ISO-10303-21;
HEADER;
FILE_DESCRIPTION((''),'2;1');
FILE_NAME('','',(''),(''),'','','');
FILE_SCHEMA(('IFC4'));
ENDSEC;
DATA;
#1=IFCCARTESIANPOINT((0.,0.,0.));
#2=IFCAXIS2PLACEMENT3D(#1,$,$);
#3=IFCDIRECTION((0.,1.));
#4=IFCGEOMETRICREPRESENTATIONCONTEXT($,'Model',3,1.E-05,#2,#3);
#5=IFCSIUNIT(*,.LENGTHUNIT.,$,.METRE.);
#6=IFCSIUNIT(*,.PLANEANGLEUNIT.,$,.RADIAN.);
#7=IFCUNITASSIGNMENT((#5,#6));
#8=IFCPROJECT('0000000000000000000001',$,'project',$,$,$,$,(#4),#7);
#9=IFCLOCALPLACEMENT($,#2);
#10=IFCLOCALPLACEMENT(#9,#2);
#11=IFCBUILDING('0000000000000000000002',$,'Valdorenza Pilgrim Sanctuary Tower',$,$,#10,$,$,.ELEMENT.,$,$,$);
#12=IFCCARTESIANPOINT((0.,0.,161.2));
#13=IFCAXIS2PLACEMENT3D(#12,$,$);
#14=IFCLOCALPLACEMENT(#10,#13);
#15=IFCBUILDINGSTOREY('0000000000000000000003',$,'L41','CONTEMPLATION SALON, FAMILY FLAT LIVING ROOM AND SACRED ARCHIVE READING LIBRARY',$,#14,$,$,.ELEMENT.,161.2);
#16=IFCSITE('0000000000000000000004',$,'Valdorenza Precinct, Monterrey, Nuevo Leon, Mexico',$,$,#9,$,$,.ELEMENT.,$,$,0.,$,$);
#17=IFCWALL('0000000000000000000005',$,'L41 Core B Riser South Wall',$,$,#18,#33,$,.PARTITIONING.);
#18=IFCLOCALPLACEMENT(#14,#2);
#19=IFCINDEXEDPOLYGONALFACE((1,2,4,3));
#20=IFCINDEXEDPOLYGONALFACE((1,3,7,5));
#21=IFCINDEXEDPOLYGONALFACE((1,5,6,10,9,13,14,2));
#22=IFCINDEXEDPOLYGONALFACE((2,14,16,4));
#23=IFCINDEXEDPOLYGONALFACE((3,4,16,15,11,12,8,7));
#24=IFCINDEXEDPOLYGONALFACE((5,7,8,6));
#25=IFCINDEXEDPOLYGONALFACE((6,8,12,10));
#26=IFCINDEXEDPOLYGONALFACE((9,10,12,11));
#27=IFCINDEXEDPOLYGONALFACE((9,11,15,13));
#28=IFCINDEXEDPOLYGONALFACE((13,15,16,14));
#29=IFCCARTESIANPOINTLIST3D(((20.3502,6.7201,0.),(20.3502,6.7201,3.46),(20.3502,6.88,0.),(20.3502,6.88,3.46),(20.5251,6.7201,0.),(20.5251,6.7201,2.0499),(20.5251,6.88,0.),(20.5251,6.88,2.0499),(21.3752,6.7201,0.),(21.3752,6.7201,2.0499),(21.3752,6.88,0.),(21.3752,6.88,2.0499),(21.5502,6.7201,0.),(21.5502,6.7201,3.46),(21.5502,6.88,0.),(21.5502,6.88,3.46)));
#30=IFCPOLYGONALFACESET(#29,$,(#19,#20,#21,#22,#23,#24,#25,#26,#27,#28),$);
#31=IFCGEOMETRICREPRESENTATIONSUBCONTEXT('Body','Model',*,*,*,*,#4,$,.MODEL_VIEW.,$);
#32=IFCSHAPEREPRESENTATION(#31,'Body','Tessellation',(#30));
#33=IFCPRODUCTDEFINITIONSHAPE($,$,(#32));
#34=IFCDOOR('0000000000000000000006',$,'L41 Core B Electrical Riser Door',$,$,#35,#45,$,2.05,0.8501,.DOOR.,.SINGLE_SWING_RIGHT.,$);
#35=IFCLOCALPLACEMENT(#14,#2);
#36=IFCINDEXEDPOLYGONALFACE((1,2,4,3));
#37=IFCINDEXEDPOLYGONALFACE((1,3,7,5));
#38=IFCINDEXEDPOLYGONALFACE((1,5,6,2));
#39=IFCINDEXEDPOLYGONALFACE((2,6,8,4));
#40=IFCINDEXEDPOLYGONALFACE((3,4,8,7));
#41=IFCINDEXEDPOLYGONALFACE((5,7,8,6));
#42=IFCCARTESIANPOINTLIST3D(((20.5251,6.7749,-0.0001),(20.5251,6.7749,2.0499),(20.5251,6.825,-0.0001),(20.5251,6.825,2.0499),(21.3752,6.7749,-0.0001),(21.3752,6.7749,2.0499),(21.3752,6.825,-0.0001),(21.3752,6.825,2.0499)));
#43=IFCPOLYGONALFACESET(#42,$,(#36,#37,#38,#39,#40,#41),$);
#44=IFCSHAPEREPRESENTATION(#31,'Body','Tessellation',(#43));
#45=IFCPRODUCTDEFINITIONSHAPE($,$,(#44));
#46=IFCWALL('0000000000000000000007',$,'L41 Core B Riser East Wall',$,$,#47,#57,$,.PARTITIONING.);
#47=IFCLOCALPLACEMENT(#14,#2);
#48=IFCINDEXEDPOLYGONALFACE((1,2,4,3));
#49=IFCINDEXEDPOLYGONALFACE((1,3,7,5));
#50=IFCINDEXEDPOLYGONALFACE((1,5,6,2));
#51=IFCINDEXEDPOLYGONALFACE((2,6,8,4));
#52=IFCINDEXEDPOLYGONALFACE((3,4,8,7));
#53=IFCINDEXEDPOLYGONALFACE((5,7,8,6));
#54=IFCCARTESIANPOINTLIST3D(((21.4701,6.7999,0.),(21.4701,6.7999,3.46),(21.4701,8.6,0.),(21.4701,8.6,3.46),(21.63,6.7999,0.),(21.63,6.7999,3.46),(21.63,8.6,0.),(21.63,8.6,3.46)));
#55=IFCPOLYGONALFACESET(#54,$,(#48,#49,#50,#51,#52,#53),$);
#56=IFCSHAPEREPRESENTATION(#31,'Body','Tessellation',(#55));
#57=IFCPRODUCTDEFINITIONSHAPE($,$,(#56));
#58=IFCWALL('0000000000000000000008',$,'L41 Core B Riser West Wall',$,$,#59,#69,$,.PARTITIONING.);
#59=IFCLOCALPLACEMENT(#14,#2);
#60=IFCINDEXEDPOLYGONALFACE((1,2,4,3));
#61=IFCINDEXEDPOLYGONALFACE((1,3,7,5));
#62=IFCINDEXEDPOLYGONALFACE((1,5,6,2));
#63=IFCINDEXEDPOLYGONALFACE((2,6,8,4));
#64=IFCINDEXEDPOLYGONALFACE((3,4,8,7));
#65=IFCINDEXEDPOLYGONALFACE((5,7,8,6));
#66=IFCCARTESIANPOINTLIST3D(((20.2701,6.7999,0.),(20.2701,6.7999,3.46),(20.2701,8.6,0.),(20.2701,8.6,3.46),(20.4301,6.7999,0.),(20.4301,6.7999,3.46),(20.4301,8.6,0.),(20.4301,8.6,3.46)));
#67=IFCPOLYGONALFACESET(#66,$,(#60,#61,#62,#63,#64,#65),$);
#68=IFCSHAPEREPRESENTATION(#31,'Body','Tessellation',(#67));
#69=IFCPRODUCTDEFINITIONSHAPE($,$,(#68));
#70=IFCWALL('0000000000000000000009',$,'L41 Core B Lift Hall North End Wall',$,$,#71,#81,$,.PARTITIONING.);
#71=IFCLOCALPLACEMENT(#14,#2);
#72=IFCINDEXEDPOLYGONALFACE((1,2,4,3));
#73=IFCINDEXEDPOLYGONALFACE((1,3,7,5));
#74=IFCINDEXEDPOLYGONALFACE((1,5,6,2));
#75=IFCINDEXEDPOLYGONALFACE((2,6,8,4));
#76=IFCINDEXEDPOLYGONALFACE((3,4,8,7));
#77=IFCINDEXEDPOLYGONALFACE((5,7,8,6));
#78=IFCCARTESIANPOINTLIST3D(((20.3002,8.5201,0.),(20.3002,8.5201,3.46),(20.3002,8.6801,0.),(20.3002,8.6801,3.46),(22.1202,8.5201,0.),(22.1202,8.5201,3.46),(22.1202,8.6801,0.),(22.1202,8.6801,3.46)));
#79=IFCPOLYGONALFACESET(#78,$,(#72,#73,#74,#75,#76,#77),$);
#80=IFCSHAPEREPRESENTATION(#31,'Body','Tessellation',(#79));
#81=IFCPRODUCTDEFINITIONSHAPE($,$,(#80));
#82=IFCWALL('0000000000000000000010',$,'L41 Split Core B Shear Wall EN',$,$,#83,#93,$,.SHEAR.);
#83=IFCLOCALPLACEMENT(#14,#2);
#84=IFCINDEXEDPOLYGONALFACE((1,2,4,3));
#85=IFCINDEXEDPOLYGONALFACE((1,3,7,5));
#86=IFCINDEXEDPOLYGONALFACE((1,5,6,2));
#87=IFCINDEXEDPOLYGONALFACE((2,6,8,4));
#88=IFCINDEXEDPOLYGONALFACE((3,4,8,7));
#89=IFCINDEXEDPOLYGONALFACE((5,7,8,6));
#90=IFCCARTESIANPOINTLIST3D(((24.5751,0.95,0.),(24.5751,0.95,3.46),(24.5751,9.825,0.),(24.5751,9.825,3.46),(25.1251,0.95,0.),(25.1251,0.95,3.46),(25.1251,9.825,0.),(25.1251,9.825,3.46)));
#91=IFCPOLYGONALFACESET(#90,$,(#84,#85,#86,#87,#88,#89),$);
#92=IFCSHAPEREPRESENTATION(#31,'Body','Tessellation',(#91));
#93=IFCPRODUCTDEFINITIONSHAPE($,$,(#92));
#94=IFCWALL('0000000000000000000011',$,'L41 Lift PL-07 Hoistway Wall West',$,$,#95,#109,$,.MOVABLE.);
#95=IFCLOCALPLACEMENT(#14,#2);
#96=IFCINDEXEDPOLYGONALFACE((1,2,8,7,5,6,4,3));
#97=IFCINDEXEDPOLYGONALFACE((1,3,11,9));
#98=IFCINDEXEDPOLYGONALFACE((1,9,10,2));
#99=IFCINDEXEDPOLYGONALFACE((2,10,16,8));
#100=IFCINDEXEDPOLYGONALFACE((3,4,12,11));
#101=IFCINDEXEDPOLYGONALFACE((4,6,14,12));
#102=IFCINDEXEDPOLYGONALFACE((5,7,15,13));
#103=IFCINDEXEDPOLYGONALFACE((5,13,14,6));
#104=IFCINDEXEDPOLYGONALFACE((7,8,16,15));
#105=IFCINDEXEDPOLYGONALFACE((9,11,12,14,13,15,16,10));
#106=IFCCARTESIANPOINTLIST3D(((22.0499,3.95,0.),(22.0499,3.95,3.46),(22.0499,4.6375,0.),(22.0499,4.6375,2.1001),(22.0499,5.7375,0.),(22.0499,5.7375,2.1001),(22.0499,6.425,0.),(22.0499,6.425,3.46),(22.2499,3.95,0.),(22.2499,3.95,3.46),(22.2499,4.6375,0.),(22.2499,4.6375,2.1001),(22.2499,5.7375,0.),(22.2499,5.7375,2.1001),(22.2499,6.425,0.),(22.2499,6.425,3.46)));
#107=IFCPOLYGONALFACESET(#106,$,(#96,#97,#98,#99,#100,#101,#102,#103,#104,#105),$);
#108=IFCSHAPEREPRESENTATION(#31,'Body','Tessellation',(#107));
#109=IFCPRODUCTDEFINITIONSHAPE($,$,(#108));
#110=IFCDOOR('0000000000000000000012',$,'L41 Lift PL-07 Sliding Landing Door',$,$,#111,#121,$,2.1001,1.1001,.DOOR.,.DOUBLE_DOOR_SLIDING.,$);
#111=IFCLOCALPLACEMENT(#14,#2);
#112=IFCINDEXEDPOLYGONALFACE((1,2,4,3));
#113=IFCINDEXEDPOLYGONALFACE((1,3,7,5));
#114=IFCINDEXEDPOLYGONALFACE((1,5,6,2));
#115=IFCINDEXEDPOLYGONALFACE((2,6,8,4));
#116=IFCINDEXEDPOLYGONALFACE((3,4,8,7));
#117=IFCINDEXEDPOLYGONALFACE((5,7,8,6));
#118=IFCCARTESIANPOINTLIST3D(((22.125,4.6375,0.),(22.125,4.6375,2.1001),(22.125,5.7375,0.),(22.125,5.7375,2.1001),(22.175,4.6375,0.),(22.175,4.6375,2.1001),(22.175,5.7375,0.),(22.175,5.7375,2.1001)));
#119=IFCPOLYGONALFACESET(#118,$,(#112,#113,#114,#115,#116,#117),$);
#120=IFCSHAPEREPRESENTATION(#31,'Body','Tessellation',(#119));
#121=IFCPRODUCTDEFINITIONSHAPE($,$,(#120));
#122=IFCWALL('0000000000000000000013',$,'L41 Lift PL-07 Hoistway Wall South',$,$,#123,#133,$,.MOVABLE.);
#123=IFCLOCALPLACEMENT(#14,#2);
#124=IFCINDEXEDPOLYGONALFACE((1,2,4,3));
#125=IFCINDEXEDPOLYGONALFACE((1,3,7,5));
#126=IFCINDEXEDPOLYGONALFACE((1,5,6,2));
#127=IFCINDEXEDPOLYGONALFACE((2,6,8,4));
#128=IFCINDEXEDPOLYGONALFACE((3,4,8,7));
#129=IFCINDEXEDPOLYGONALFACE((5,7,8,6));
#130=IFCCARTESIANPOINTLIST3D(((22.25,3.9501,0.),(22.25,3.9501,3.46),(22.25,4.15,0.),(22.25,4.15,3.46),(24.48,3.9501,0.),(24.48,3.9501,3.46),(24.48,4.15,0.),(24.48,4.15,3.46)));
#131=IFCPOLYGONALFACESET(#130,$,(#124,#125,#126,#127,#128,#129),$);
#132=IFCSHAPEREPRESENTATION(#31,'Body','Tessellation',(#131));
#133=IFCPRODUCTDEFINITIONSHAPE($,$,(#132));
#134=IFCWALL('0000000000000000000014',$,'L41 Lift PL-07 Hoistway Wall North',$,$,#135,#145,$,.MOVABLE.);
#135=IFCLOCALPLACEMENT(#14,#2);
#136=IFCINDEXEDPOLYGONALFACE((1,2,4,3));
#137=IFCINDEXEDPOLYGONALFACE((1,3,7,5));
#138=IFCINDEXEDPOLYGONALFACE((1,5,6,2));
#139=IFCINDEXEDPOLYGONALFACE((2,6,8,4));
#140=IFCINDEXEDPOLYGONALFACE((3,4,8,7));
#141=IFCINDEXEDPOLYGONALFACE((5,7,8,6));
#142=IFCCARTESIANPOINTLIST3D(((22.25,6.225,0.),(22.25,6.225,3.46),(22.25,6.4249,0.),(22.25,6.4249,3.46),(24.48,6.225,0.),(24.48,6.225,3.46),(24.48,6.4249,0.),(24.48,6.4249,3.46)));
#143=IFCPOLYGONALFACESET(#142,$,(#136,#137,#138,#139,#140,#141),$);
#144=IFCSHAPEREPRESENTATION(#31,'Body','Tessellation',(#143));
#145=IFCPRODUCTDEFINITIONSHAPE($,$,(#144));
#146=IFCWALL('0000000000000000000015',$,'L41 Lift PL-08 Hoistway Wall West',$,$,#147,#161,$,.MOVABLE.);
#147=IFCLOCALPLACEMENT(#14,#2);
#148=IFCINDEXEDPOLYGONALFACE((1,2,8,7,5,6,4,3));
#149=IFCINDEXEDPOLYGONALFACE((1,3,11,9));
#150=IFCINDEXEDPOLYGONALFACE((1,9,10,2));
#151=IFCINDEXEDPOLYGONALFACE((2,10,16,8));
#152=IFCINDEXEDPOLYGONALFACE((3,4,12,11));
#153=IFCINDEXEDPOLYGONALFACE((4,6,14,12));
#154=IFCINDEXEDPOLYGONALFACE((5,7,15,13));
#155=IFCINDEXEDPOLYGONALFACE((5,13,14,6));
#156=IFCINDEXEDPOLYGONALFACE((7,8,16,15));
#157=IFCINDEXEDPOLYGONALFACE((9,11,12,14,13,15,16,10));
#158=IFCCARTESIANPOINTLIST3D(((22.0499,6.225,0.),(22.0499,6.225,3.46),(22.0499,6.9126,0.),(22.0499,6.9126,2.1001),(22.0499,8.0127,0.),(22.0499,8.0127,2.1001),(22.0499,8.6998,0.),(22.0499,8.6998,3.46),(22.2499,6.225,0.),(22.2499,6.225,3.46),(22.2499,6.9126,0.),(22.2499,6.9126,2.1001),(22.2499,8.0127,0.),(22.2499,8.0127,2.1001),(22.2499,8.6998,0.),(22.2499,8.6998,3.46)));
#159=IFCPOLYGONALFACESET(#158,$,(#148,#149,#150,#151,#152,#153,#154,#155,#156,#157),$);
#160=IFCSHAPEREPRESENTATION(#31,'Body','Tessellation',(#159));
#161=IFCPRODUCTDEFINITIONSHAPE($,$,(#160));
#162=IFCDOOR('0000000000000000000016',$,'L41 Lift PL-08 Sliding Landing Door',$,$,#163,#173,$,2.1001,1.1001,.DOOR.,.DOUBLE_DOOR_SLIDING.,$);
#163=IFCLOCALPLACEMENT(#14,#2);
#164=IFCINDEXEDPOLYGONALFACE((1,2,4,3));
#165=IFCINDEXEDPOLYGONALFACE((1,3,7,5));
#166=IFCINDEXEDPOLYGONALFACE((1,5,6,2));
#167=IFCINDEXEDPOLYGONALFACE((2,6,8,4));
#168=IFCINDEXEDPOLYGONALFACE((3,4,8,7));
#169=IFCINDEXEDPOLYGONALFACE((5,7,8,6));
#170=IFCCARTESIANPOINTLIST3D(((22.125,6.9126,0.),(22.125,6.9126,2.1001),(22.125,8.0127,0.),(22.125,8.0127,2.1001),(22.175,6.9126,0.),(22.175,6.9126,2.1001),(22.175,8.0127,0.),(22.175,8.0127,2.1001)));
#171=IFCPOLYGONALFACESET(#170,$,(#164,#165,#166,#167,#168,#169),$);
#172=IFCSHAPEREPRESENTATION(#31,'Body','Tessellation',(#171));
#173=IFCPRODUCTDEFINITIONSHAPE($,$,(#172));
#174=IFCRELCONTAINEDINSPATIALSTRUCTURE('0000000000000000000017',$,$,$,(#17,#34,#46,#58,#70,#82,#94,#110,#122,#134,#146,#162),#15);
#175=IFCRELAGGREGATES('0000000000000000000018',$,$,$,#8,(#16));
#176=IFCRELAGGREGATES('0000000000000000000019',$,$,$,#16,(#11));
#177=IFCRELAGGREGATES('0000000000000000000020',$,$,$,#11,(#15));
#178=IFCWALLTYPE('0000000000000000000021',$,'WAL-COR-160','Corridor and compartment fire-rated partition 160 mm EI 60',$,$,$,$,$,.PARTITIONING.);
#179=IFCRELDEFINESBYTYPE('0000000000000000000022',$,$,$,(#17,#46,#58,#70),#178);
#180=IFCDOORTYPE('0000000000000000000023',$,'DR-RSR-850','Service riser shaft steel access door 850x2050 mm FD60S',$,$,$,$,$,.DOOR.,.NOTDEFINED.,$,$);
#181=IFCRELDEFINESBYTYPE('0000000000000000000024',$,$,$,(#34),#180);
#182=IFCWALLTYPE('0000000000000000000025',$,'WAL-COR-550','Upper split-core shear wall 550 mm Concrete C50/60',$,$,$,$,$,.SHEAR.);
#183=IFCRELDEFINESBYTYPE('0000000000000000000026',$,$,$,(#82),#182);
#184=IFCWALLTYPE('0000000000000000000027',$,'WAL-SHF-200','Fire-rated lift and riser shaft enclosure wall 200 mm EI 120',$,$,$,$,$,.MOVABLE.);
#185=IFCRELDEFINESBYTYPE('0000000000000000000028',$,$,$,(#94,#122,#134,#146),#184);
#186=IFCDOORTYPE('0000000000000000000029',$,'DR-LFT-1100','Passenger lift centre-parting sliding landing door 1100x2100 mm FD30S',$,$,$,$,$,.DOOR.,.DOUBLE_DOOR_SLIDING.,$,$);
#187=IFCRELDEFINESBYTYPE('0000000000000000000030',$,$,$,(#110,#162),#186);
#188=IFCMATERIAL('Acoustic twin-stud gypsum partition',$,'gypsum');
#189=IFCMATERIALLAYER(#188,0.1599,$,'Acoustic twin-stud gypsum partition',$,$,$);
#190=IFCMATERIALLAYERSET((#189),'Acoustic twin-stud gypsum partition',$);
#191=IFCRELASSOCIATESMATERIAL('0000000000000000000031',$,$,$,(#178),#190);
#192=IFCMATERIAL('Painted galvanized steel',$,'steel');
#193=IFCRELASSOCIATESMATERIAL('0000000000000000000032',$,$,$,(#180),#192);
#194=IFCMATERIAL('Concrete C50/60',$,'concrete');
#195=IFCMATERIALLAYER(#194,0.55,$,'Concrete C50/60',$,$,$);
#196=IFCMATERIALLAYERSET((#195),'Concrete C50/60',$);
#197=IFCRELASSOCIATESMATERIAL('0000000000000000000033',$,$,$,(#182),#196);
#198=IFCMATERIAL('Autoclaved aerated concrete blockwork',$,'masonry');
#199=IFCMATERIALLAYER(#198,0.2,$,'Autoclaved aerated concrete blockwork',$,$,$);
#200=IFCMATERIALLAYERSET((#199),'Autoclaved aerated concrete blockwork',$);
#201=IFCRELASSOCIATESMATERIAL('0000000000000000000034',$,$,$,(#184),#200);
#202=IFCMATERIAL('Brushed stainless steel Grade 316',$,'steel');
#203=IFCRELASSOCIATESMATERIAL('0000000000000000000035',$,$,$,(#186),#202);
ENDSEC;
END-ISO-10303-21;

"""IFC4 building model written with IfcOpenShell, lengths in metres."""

from ifc_helpers import new_model, si_unit, direction, frame, frame_2d, origin, place, context, subcontext, project, spatial, rectangle, extrude, material, layer, layer_set, type_object, element, fill, save


model = new_model("IFC4")

# Units and contexts
model_context = context("Model", 3, precision=1e-05, world=origin(), true_north=direction((0.0, 1.0)))
body_context = subcontext(model_context, "Body", "Model", "MODEL_VIEW")
ifc_project = project(units=[si_unit("LENGTHUNIT", "METRE"), si_unit("PLANEANGLEUNIT", "RADIAN")], contexts=[model_context])

# Site, building, storey
site_placement = place(None, origin())
site = spatial("IfcSite", under=ifc_project, at=site_placement, Name="Valdorenza Precinct, Monterrey, Nuevo Leon, Mexico", CompositionType="ELEMENT", RefElevation=0.0)
building_placement = place(site_placement, origin())
building = spatial("IfcBuilding", under=site, at=building_placement, Name="Valdorenza Pilgrim Sanctuary Tower", CompositionType="ELEMENT")
storey_placement = place(building_placement, frame((0.0, 0.0, 161.2)))
storey = spatial("IfcBuildingStorey", under=building, at=storey_placement, Name="L41", Description="CONTEMPLATION SALON, FAMILY FLAT LIVING ROOM AND SACRED ARCHIVE READING LIBRARY", CompositionType="ELEMENT", Elevation=161.2)

# Wall, opening, door
ifc_material_1 = material(Name="Acoustic twin-stud gypsum partition", Category="gypsum")
ifc_layer_1 = layer(ifc_material_1, 0.1599, Name="Acoustic twin-stud gypsum partition")
ifc_layer_set_1 = layer_set([ifc_layer_1], Name="Acoustic twin-stud gypsum partition")
wall_type_1 = type_object("IfcWallType", Name="WAL-COR-160", Description="Corridor and compartment fire-rated partition 160 mm EI 60", PredefinedType="PARTITIONING", material=ifc_layer_set_1)
wall_1_placement = place(storey_placement, frame((20.3501, 6.8, 0.0), z_axis=(0.0, 0.0, 1.0), x_axis=(1.0, 0.0, 0.0)))
wall_1 = element("IfcWall", 1, at=wall_1_placement, inside=storey, type_object=wall_type_1, Name="L41 Core B Riser South Wall", PredefinedType="PARTITIONING", context=body_context, shape_type="SweptSolid", body=[
    extrude(rectangle(XDim=1.2, YDim=0.1599, at=frame_2d((0.6001, 0.0))), origin(), (0.0, 0.0, 1.0), 3.46),
])
opening_1_placement = place(wall_1_placement, frame((0.175, 0.0, 0.0)))
opening_1 = element("IfcOpeningElement", 2, at=opening_1_placement, cuts=wall_1, PredefinedType="OPENING", context=body_context, shape_type="SweptSolid", body=[
    extrude(rectangle(XDim=0.8501, YDim=2.05, at=frame_2d((0.425, 1.0249))), frame((0.0, 0.0947, 0.0), z_axis=(0.0, -1.0, 0.0), x_axis=(1.0, 0.0, 0.0)), (0.0, 0.0, 1.0), 0.1897),
])
ifc_material_2 = material(Name="Painted galvanized steel", Category="steel")
door_type_1 = type_object("IfcDoorType", Name="DR-RSR-850", Description="Service riser shaft steel access door 850x2050 mm FD60S", OperationType="NOTDEFINED", PredefinedType="DOOR", material=ifc_material_2)
door_1_placement = place(opening_1_placement, origin())
door_1 = element("IfcDoor", 3, at=door_1_placement, inside=storey, type_object=door_type_1, Name="L41 Core B Electrical Riser Door", OperationType="SINGLE_SWING_RIGHT", OverallHeight=2.05, OverallWidth=0.8501, PredefinedType="DOOR", context=body_context, shape_type="SweptSolid", body=[
    extrude(rectangle(XDim=0.8501, YDim=2.05, at=frame_2d((0.425, 1.0249))), frame((0.0, 0.0249, 0.0), z_axis=(0.0, -1.0, 0.0), x_axis=(1.0, 0.0, 0.0)), (0.0, 0.0, 1.0), 0.05),
])
fill(opening_1, door_1)

# Walls
for number, where, z_axis, x_axis, name in (
    (4, (21.55, 6.8, 0.0), (0.0, 0.0, 1.0), (0.0, 1.0, 0.0), "L41 Core B Riser East Wall"),
    (5, (20.3501, 6.8, 0.0), (0.0, 0.0, 1.0), (0.0, 1.0, 0.0), "L41 Core B Riser West Wall"),
):
    element("IfcWall", number, at=place(storey_placement, frame(where, z_axis=z_axis, x_axis=x_axis)), inside=storey, type_object=wall_type_1, Name=name, PredefinedType="PARTITIONING", context=body_context, shape_type="SweptSolid", body=[
        extrude(rectangle(XDim=1.8, YDim=0.1599, at=frame_2d((0.8999, 0.0))), origin(), (0.0, 0.0, 1.0), 3.46),
    ])
wall_2_placement = place(storey_placement, frame((20.3, 8.6001, 0.0), z_axis=(0.0, 0.0, 1.0), x_axis=(1.0, 0.0, 0.0)))
element("IfcWall", 6, at=wall_2_placement, inside=storey, type_object=wall_type_1, Name="L41 Core B Lift Hall North End Wall", PredefinedType="PARTITIONING", context=body_context, shape_type="SweptSolid", body=[
    extrude(rectangle(XDim=1.8201, YDim=0.1599, at=frame_2d((0.9102, 0.0))), origin(), (0.0, 0.0, 1.0), 3.46),
])
ifc_material_3 = material(Name="Concrete C50/60", Category="concrete")
ifc_layer_2 = layer(ifc_material_3, 0.55, Name="Concrete C50/60")
ifc_layer_set_2 = layer_set([ifc_layer_2], Name="Concrete C50/60")
wall_type_2 = type_object("IfcWallType", Name="WAL-COR-550", Description="Upper split-core shear wall 550 mm Concrete C50/60", PredefinedType="SHEAR", material=ifc_layer_set_2)
wall_3_placement = place(storey_placement, frame((24.8501, 0.95, 0.0), z_axis=(0.0, 0.0, 1.0), x_axis=(0.0, 1.0, 0.0)))
element("IfcWall", 7, at=wall_3_placement, inside=storey, type_object=wall_type_2, Name="L41 Split Core B Shear Wall EN", PredefinedType="SHEAR", context=body_context, shape_type="SweptSolid", body=[
    extrude(rectangle(XDim=8.875, YDim=0.55, at=frame_2d((4.4375, 0.0))), origin(), (0.0, 0.0, 1.0), 3.46),
])

# Wall, opening, door
ifc_material_4 = material(Name="Autoclaved aerated concrete blockwork", Category="masonry")
ifc_layer_3 = layer(ifc_material_4, 0.2, Name="Autoclaved aerated concrete blockwork")
ifc_layer_set_3 = layer_set([ifc_layer_3], Name="Autoclaved aerated concrete blockwork")
wall_type_3 = type_object("IfcWallType", Name="WAL-SHF-200", Description="Fire-rated lift and riser shaft enclosure wall 200 mm EI 120", PredefinedType="MOVABLE", material=ifc_layer_set_3)
wall_4_placement = place(storey_placement, frame((22.1499, 3.95, 0.0), z_axis=(0.0, 0.0, 1.0), x_axis=(0.0, 1.0, 0.0)))
wall_4 = element("IfcWall", 8, at=wall_4_placement, inside=storey, type_object=wall_type_3, Name="L41 Lift PL-07 Hoistway Wall West", PredefinedType="MOVABLE", context=body_context, shape_type="SweptSolid", body=[
    extrude(rectangle(XDim=2.4751, YDim=0.2, at=frame_2d((1.2375, 0.0))), origin(), (0.0, 0.0, 1.0), 3.46),
])
opening_2_placement = place(wall_4_placement, frame((0.6875, 0.0, 0.0)))
opening_2 = element("IfcOpeningElement", 9, at=opening_2_placement, cuts=wall_4, PredefinedType="OPENING", context=body_context, shape_type="SweptSolid", body=[
    extrude(rectangle(XDim=1.1001, YDim=2.1001, at=frame_2d((0.55, 1.05))), frame((0.0, 0.1147, 0.0), z_axis=(0.0, -1.0, 0.0), x_axis=(1.0, 0.0, 0.0)), (0.0, 0.0, 1.0), 0.2297),
])
ifc_material_5 = material(Name="Brushed stainless steel Grade 316", Category="steel")
door_type_2 = type_object("IfcDoorType", Name="DR-LFT-1100", Description="Passenger lift centre-parting sliding landing door 1100x2100 mm FD30S", OperationType="DOUBLE_DOOR_SLIDING", PredefinedType="DOOR", material=ifc_material_5)
door_2_placement = place(opening_2_placement, origin())
door_2 = element("IfcDoor", 10, at=door_2_placement, inside=storey, type_object=door_type_2, Name="L41 Lift PL-07 Sliding Landing Door", OperationType="DOUBLE_DOOR_SLIDING", OverallHeight=2.1001, OverallWidth=1.1001, PredefinedType="DOOR", context=body_context, shape_type="SweptSolid", body=[
    extrude(rectangle(XDim=1.1001, YDim=2.1001, at=frame_2d((0.55, 1.05))), frame((0.0, 0.0249, 0.0), z_axis=(0.0, -1.0, 0.0), x_axis=(1.0, 0.0, 0.0)), (0.0, 0.0, 1.0), 0.05),
])
fill(opening_2, door_2)

# Walls
for number, where, z_axis, x_axis, name in (
    (11, (22.25, 4.05, 0.0), (0.0, 0.0, 1.0), (1.0, 0.0, 0.0), "L41 Lift PL-07 Hoistway Wall South"),
    (12, (22.25, 6.325, 0.0), (0.0, 0.0, 1.0), (1.0, 0.0, 0.0), "L41 Lift PL-07 Hoistway Wall North"),
):
    element("IfcWall", number, at=place(storey_placement, frame(where, z_axis=z_axis, x_axis=x_axis)), inside=storey, type_object=wall_type_3, Name=name, PredefinedType="MOVABLE", context=body_context, shape_type="SweptSolid", body=[
        extrude(rectangle(XDim=2.23, YDim=0.2, at=frame_2d((1.115, 0.0))), origin(), (0.0, 0.0, 1.0), 3.46),
    ])

# Wall, opening, door
wall_5_placement = place(storey_placement, frame((22.1499, 6.2251, 0.0), z_axis=(0.0, 0.0, 1.0), x_axis=(0.0, 1.0, 0.0)))
wall_5 = element("IfcWall", 13, at=wall_5_placement, inside=storey, type_object=wall_type_3, Name="L41 Lift PL-08 Hoistway Wall West", PredefinedType="MOVABLE", context=body_context, shape_type="SweptSolid", body=[
    extrude(rectangle(XDim=2.4749, YDim=0.2, at=frame_2d((1.2373, 0.0))), origin(), (0.0, 0.0, 1.0), 3.46),
])
opening_3_placement = place(wall_5_placement, frame((0.6875, 0.0, 0.0)))
opening_3 = element("IfcOpeningElement", 14, at=opening_3_placement, cuts=wall_5, PredefinedType="OPENING", context=body_context, shape_type="SweptSolid", body=[
    extrude(rectangle(XDim=1.1001, YDim=2.1001, at=frame_2d((0.55, 1.05))), frame((0.0, 0.1147, 0.0), z_axis=(0.0, -1.0, 0.0), x_axis=(1.0, 0.0, 0.0)), (0.0, 0.0, 1.0), 0.2297),
])
door_3_placement = place(opening_3_placement, origin())
door_3 = element("IfcDoor", 15, at=door_3_placement, inside=storey, type_object=door_type_2, Name="L41 Lift PL-08 Sliding Landing Door", OperationType="DOUBLE_DOOR_SLIDING", OverallHeight=2.1001, OverallWidth=1.1001, PredefinedType="DOOR", context=body_context, shape_type="SweptSolid", body=[
    extrude(rectangle(XDim=1.1001, YDim=2.1001, at=frame_2d((0.55, 1.05))), frame((0.0, 0.0249, 0.0), z_axis=(0.0, -1.0, 0.0), x_axis=(1.0, 0.0, 0.0)), (0.0, 0.0, 1.0), 0.05),
])
fill(opening_3, door_3)

save(model, "model.ifc")
